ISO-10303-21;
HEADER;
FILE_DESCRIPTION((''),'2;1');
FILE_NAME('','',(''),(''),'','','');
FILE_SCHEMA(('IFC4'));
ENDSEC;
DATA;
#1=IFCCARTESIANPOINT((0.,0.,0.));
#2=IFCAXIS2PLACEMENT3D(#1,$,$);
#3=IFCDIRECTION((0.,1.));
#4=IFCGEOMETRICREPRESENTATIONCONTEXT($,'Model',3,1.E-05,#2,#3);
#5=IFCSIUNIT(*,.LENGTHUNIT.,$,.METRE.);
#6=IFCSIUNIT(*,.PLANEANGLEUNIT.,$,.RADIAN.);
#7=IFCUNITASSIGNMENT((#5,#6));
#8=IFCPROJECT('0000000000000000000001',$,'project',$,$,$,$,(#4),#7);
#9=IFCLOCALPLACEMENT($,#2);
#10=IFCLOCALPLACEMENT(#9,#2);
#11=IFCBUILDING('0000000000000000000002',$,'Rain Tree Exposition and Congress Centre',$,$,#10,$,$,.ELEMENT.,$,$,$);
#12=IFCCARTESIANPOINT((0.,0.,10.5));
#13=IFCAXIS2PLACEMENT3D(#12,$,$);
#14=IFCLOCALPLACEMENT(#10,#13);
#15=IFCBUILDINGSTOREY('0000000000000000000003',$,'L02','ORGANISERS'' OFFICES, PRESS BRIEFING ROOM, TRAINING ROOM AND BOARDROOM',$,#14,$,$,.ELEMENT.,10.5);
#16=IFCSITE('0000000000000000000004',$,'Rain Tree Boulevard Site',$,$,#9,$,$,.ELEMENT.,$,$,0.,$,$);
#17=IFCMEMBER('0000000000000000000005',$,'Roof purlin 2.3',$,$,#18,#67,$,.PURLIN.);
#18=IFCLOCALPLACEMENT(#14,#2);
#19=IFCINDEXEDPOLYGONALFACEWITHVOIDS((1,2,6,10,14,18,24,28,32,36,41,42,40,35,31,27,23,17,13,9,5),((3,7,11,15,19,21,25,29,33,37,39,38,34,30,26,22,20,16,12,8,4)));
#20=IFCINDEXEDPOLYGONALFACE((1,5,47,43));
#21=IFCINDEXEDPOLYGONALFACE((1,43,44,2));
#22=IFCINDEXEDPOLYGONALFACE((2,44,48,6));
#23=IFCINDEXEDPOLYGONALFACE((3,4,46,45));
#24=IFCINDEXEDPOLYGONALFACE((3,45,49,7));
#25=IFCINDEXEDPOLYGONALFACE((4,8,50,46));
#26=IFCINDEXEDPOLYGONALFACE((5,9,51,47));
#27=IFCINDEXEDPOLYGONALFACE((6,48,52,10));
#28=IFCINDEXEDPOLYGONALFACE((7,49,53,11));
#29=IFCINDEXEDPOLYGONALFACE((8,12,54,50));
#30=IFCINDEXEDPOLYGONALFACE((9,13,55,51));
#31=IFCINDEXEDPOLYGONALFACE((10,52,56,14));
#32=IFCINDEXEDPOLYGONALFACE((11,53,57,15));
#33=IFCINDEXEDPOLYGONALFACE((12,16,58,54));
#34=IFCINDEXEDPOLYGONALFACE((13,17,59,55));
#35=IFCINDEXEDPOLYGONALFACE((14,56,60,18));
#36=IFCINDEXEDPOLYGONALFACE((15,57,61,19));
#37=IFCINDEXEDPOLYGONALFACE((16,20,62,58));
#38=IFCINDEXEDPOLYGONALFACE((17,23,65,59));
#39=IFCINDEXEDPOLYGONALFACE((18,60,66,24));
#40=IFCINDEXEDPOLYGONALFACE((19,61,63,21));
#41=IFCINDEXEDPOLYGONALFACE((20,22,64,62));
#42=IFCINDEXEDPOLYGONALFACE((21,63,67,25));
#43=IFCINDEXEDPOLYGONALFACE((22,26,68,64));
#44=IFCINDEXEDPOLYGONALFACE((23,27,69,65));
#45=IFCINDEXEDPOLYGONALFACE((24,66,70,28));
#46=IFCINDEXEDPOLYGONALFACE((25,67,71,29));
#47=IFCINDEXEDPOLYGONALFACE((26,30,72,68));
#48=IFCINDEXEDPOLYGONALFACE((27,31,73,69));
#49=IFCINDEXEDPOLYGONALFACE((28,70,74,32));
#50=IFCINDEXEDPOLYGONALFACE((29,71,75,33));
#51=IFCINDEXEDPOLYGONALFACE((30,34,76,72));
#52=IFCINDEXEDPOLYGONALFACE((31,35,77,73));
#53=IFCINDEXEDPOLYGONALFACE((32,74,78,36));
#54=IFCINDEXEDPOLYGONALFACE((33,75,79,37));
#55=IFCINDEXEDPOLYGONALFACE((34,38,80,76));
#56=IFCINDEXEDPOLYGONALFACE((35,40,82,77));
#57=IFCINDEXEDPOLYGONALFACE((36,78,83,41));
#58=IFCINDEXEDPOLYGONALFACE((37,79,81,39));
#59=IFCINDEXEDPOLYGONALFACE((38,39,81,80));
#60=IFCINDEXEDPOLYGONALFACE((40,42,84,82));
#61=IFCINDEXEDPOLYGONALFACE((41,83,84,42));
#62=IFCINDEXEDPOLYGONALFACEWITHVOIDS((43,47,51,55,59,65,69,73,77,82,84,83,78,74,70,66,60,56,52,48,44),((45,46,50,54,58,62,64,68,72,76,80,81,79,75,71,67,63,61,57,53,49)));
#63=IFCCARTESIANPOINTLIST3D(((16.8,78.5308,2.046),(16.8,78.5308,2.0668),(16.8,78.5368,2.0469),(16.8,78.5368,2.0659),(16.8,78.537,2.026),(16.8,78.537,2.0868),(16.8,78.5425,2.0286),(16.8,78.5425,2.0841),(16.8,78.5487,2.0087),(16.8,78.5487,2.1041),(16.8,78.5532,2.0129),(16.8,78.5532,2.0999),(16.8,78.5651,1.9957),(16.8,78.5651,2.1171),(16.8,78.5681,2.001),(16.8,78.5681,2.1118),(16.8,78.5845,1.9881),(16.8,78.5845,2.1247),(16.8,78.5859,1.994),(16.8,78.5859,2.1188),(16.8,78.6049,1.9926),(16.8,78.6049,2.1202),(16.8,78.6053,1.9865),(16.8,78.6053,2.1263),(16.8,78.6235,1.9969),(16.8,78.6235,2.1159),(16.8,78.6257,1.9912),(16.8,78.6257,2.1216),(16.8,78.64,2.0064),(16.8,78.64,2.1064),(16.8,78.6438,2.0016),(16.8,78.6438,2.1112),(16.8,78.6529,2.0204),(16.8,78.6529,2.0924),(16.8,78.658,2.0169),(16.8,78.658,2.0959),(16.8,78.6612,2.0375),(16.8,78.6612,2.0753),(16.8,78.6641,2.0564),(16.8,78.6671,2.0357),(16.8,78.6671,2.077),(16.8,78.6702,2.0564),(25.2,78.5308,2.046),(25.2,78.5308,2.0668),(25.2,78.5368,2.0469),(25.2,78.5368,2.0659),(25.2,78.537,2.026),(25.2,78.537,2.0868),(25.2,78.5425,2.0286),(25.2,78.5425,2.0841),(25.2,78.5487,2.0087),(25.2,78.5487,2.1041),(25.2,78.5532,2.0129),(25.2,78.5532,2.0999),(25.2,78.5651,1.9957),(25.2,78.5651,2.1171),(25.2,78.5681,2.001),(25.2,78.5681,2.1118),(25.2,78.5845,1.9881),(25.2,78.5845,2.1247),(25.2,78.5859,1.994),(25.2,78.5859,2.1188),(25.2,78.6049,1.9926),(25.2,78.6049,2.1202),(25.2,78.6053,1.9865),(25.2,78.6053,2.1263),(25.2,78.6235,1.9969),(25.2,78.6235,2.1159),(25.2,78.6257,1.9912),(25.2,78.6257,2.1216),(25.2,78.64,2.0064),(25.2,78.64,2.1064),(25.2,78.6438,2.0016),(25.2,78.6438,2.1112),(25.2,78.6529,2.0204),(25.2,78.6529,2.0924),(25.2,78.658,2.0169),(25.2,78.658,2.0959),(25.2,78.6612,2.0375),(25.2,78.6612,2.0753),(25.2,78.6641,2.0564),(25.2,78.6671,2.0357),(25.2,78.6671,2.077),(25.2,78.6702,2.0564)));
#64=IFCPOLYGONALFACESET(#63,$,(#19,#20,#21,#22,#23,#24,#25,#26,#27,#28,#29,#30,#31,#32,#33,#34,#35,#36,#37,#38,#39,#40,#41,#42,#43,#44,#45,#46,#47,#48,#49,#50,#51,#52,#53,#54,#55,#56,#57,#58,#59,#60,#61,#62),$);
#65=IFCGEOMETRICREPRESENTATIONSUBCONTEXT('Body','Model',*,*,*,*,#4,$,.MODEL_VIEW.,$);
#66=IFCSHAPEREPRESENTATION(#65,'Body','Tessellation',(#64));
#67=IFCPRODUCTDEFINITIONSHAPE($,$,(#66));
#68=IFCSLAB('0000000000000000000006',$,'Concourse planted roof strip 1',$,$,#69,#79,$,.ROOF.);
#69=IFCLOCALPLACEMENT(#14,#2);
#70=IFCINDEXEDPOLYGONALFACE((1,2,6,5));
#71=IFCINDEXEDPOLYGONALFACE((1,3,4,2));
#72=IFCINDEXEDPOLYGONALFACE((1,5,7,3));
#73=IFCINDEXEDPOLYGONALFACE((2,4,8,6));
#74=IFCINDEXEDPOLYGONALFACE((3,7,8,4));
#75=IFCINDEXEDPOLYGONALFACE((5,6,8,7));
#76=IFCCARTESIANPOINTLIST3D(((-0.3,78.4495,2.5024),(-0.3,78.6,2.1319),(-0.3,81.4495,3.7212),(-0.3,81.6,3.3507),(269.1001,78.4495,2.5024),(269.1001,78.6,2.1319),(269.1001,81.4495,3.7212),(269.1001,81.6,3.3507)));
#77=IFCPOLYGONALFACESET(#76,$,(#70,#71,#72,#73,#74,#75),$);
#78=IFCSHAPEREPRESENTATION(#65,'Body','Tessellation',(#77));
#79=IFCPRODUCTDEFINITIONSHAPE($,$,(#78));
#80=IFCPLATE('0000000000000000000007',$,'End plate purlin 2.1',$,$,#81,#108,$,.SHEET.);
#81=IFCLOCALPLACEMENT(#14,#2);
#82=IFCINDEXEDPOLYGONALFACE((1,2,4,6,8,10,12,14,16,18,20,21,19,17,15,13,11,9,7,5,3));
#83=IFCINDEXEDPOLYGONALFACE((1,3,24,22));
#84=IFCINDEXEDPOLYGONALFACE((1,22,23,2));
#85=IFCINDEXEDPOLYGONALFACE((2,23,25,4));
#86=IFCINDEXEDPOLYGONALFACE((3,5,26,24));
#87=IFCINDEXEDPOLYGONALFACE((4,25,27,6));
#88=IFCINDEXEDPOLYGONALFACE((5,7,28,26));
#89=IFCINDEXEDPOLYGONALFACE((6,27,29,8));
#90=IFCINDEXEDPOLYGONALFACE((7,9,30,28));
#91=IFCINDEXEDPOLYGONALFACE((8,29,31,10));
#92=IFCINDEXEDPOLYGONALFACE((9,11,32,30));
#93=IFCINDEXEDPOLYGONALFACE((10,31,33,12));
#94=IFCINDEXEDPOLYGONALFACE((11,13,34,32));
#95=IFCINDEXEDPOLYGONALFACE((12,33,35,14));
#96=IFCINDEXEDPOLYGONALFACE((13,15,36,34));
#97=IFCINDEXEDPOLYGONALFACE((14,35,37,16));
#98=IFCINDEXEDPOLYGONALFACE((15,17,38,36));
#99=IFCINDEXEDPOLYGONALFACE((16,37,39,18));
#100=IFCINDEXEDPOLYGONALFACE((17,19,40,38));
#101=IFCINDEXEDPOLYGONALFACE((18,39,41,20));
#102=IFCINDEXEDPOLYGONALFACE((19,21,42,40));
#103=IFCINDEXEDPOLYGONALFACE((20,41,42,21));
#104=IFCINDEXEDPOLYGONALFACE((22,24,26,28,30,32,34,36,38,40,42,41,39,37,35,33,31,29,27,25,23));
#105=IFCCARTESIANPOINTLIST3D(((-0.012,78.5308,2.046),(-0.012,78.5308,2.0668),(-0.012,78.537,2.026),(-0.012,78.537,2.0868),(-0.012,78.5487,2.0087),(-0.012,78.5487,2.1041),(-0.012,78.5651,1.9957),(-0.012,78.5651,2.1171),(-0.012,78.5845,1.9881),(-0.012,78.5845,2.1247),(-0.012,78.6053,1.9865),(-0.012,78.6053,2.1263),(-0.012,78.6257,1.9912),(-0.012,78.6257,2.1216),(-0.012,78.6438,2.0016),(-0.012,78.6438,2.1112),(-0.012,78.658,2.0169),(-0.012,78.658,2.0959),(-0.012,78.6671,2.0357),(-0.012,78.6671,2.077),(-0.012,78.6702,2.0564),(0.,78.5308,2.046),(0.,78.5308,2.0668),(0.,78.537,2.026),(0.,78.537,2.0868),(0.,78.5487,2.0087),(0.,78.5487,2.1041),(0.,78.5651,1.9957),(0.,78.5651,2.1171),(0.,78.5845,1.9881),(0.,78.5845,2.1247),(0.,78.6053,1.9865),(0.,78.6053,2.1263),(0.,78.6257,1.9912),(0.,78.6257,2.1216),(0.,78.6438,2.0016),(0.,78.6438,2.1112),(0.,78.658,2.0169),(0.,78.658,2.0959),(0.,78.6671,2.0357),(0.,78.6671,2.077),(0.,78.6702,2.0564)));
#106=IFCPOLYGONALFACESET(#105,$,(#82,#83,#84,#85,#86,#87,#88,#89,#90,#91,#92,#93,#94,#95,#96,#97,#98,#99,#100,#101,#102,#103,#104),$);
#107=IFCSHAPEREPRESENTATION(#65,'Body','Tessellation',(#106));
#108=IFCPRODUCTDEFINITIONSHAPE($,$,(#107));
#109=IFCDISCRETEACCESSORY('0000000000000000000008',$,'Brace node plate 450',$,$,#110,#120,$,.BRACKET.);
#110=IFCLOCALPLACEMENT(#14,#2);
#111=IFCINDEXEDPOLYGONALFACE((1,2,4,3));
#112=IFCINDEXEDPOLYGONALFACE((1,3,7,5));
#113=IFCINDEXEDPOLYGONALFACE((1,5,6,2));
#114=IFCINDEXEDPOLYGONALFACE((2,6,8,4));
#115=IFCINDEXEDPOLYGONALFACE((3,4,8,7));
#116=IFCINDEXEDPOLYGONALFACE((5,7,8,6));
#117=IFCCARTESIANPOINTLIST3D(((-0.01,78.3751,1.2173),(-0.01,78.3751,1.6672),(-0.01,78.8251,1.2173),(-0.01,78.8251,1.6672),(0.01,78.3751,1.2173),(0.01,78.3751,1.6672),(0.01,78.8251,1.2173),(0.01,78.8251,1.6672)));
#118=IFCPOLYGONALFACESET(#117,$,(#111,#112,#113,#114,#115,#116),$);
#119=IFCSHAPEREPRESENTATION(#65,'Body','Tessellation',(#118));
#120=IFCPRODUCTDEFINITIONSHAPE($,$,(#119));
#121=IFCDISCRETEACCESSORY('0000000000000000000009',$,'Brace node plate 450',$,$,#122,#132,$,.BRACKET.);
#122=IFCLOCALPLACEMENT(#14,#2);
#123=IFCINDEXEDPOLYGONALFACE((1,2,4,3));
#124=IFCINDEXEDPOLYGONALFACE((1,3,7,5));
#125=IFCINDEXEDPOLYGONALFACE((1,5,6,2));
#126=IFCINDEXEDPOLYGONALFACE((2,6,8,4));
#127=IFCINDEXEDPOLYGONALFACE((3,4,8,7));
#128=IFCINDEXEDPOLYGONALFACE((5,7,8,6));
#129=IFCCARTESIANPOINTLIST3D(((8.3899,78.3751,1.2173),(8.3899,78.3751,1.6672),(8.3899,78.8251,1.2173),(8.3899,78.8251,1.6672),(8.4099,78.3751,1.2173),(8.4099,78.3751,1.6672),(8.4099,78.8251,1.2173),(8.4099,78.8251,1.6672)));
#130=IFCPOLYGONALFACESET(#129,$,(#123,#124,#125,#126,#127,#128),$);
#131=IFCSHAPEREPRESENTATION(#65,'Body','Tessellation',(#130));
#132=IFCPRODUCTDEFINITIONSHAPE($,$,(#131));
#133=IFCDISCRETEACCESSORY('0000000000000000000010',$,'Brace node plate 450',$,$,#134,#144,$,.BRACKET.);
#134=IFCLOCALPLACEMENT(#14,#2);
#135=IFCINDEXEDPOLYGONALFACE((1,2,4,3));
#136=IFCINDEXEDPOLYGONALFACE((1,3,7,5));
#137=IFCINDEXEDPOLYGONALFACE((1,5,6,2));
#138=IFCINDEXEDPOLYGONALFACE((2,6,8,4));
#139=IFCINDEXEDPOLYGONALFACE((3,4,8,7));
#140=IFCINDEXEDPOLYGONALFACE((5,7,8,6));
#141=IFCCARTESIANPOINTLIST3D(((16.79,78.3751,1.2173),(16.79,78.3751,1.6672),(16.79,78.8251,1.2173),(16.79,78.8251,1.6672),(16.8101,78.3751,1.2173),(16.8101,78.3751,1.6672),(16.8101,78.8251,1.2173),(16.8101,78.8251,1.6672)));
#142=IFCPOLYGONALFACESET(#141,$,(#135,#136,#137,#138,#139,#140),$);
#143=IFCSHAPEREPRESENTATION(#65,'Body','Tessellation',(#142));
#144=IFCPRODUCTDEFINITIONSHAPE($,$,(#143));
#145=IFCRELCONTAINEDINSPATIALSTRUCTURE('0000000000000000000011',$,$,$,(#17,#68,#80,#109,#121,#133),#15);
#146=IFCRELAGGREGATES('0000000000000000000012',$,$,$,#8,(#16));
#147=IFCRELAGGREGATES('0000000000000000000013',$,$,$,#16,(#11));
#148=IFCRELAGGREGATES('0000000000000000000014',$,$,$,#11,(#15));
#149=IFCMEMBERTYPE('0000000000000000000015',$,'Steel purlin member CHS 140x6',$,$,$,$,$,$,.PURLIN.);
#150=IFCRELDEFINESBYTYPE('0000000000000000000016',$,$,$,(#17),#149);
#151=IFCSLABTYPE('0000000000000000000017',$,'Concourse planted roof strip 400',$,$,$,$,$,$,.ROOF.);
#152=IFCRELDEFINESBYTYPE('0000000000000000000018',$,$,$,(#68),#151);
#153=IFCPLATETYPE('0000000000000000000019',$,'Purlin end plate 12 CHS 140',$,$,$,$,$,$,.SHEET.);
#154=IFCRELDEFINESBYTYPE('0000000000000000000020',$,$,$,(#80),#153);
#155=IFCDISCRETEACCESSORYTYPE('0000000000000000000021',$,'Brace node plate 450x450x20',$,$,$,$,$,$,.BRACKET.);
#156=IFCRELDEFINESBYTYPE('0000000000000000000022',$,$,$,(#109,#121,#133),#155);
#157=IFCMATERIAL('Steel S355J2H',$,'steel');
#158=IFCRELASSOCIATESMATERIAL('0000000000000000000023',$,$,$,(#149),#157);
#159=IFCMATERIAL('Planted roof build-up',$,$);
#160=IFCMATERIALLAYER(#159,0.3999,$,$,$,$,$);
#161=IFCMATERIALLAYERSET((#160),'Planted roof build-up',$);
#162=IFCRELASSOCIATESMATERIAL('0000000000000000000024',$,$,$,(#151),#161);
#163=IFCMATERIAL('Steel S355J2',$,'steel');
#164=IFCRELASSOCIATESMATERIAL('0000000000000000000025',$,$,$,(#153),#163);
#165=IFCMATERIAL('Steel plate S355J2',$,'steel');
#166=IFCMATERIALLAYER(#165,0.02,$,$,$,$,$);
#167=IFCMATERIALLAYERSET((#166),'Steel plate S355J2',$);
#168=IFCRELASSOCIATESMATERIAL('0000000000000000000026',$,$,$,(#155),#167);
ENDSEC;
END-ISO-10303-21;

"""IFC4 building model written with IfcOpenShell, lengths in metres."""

from ifc_helpers import new_model, si_unit, direction, frame, origin, origin_2d, place, context, subcontext, project, spatial, polyline, rectangle, circle, hollow_circle, outline, extrude, material, layer, layer_set, material_profile, profile_set, type_object, element, save


model = new_model("IFC4")

# Units and contexts
model_context = context("Model", 3, precision=1e-05, world=origin(), true_north=direction((0.0, 1.0)))
body_context = subcontext(model_context, "Body", "Model", "MODEL_VIEW")
ifc_project = project(units=[si_unit("LENGTHUNIT", "METRE"), si_unit("PLANEANGLEUNIT", "RADIAN")], contexts=[model_context])

# Site, building, storey
site_placement = place(None, origin())
site = spatial("IfcSite", under=ifc_project, at=site_placement, Name="Rain Tree Boulevard Site", CompositionType="ELEMENT", RefElevation=0.0)
building_placement = place(site_placement, origin())
building = spatial("IfcBuilding", under=site, at=building_placement, Name="Rain Tree Exposition and Congress Centre", CompositionType="ELEMENT")
storey_placement = place(building_placement, frame((0.0, 0.0, 10.5)))
storey = spatial("IfcBuildingStorey", under=building, at=storey_placement, Name="L02", Description="ORGANISERS' OFFICES, PRESS BRIEFING ROOM, TRAINING ROOM AND BOARDROOM", CompositionType="ELEMENT", Elevation=10.5)

# Member
ifc_material_1 = material(Name="Steel S355J2H", Category="steel")
ifc_material_profile_1 = material_profile(ifc_material_1, hollow_circle(Radius=0.0701, WallThickness=0.0061, at=origin_2d()), Name="CHS 140x6")
ifc_profile_set_1 = profile_set([ifc_material_profile_1], Name="Steel S355J2H")
member_type_1 = type_object("IfcMemberType", Name="Steel purlin member CHS 140x6", PredefinedType="PURLIN", material=ifc_profile_set_1)
member_1_placement = place(storey_placement, frame((16.8, 78.6001, 2.0564), z_axis=(1.0, 0.0, 0.0), x_axis=(0.0, 1.0, 0.0)))
element("IfcMember", 1, at=member_1_placement, inside=storey, type_object=member_type_1, Name="Roof purlin 2.3", PredefinedType="PURLIN", context=body_context, shape_type="SweptSolid", body=[
    extrude(hollow_circle(Radius=0.0701, WallThickness=0.0061, at=origin_2d()), origin(), (0.0, 0.0, 1.0), 8.3999),
])

# Slab
ifc_material_2 = material(Name="Planted roof build-up")
ifc_layer_1 = layer(ifc_material_2, 0.3999)
ifc_layer_set_1 = layer_set([ifc_layer_1], Name="Planted roof build-up")
slab_type = type_object("IfcSlabType", Name="Concourse planted roof strip 400", PredefinedType="ROOF", material=ifc_layer_set_1)
slab_placement = place(storey_placement, frame((-0.3, 78.4495, 2.5024), z_axis=(0.0, -0.376377, 0.926467), x_axis=(1.0, 0.0, 0.0)))
element("IfcSlab", 2, at=slab_placement, inside=storey, type_object=slab_type, Name="Concourse planted roof strip 1", PredefinedType="ROOF", context=body_context, shape_type="SweptSolid", body=[
    extrude(outline(polyline([(0.0, 0.0), (269.4001, 0.0), (269.4001, 3.2381), (0.0, 3.2381), (0.0, 0.0)])), origin(), (0.0, 0.0, -1.0), 0.3999),
])

# Plate
ifc_material_3 = material(Name="Steel S355J2", Category="steel")
ifc_material_profile_2 = material_profile(ifc_material_3, circle(Radius=0.0701, at=origin_2d()), Name="CIRCLE 140")
ifc_profile_set_2 = profile_set([ifc_material_profile_2], Name="Steel S355J2")
plate_type = type_object("IfcPlateType", Name="Purlin end plate 12 CHS 140", PredefinedType="SHEET", material=ifc_profile_set_2)
plate_placement = place(storey_placement, frame((-0.012, 78.6001, 2.0564), z_axis=(1.0, 0.0, 0.0), x_axis=(0.0, 1.0, 0.0)))
element("IfcPlate", 3, at=plate_placement, inside=storey, type_object=plate_type, Name="End plate purlin 2.1", PredefinedType="SHEET", context=body_context, shape_type="SweptSolid", body=[
    extrude(circle(Radius=0.0701, at=origin_2d()), origin(), (0.0, 0.0, 1.0), 0.012),
])

# Discrete accessories
ifc_material_4 = material(Name="Steel plate S355J2", Category="steel")
ifc_layer_2 = layer(ifc_material_4, 0.02)
ifc_layer_set_2 = layer_set([ifc_layer_2], Name="Steel plate S355J2")
discrete_accessory_type = type_object("IfcDiscreteAccessoryType", Name="Brace node plate 450x450x20", PredefinedType="BRACKET", material=ifc_layer_set_2)
for number, where, z_axis, x_axis, name in (
    (4, (0.0, 78.6001, 1.2173), (0.0, 0.0, 1.0), (0.0, 1.0, 0.0), "Brace node plate 450"),
    (5, (8.3999, 78.6001, 1.2173), (0.0, 0.0, 1.0), (0.0, 1.0, 0.0), "Brace node plate 450"),
    (6, (16.8, 78.6001, 1.2173), (0.0, 0.0, 1.0), (0.0, 1.0, 0.0), "Brace node plate 450"),
):
    element("IfcDiscreteAccessory", number, at=place(storey_placement, frame(where, z_axis=z_axis, x_axis=x_axis)), inside=storey, type_object=discrete_accessory_type, Name=name, PredefinedType="BRACKET", context=body_context, shape_type="SweptSolid", body=[
        extrude(rectangle(XDim=0.45, YDim=0.02, at=origin_2d()), origin(), (0.0, 0.0, 1.0), 0.45),
    ])

save(model, "model.ifc")
